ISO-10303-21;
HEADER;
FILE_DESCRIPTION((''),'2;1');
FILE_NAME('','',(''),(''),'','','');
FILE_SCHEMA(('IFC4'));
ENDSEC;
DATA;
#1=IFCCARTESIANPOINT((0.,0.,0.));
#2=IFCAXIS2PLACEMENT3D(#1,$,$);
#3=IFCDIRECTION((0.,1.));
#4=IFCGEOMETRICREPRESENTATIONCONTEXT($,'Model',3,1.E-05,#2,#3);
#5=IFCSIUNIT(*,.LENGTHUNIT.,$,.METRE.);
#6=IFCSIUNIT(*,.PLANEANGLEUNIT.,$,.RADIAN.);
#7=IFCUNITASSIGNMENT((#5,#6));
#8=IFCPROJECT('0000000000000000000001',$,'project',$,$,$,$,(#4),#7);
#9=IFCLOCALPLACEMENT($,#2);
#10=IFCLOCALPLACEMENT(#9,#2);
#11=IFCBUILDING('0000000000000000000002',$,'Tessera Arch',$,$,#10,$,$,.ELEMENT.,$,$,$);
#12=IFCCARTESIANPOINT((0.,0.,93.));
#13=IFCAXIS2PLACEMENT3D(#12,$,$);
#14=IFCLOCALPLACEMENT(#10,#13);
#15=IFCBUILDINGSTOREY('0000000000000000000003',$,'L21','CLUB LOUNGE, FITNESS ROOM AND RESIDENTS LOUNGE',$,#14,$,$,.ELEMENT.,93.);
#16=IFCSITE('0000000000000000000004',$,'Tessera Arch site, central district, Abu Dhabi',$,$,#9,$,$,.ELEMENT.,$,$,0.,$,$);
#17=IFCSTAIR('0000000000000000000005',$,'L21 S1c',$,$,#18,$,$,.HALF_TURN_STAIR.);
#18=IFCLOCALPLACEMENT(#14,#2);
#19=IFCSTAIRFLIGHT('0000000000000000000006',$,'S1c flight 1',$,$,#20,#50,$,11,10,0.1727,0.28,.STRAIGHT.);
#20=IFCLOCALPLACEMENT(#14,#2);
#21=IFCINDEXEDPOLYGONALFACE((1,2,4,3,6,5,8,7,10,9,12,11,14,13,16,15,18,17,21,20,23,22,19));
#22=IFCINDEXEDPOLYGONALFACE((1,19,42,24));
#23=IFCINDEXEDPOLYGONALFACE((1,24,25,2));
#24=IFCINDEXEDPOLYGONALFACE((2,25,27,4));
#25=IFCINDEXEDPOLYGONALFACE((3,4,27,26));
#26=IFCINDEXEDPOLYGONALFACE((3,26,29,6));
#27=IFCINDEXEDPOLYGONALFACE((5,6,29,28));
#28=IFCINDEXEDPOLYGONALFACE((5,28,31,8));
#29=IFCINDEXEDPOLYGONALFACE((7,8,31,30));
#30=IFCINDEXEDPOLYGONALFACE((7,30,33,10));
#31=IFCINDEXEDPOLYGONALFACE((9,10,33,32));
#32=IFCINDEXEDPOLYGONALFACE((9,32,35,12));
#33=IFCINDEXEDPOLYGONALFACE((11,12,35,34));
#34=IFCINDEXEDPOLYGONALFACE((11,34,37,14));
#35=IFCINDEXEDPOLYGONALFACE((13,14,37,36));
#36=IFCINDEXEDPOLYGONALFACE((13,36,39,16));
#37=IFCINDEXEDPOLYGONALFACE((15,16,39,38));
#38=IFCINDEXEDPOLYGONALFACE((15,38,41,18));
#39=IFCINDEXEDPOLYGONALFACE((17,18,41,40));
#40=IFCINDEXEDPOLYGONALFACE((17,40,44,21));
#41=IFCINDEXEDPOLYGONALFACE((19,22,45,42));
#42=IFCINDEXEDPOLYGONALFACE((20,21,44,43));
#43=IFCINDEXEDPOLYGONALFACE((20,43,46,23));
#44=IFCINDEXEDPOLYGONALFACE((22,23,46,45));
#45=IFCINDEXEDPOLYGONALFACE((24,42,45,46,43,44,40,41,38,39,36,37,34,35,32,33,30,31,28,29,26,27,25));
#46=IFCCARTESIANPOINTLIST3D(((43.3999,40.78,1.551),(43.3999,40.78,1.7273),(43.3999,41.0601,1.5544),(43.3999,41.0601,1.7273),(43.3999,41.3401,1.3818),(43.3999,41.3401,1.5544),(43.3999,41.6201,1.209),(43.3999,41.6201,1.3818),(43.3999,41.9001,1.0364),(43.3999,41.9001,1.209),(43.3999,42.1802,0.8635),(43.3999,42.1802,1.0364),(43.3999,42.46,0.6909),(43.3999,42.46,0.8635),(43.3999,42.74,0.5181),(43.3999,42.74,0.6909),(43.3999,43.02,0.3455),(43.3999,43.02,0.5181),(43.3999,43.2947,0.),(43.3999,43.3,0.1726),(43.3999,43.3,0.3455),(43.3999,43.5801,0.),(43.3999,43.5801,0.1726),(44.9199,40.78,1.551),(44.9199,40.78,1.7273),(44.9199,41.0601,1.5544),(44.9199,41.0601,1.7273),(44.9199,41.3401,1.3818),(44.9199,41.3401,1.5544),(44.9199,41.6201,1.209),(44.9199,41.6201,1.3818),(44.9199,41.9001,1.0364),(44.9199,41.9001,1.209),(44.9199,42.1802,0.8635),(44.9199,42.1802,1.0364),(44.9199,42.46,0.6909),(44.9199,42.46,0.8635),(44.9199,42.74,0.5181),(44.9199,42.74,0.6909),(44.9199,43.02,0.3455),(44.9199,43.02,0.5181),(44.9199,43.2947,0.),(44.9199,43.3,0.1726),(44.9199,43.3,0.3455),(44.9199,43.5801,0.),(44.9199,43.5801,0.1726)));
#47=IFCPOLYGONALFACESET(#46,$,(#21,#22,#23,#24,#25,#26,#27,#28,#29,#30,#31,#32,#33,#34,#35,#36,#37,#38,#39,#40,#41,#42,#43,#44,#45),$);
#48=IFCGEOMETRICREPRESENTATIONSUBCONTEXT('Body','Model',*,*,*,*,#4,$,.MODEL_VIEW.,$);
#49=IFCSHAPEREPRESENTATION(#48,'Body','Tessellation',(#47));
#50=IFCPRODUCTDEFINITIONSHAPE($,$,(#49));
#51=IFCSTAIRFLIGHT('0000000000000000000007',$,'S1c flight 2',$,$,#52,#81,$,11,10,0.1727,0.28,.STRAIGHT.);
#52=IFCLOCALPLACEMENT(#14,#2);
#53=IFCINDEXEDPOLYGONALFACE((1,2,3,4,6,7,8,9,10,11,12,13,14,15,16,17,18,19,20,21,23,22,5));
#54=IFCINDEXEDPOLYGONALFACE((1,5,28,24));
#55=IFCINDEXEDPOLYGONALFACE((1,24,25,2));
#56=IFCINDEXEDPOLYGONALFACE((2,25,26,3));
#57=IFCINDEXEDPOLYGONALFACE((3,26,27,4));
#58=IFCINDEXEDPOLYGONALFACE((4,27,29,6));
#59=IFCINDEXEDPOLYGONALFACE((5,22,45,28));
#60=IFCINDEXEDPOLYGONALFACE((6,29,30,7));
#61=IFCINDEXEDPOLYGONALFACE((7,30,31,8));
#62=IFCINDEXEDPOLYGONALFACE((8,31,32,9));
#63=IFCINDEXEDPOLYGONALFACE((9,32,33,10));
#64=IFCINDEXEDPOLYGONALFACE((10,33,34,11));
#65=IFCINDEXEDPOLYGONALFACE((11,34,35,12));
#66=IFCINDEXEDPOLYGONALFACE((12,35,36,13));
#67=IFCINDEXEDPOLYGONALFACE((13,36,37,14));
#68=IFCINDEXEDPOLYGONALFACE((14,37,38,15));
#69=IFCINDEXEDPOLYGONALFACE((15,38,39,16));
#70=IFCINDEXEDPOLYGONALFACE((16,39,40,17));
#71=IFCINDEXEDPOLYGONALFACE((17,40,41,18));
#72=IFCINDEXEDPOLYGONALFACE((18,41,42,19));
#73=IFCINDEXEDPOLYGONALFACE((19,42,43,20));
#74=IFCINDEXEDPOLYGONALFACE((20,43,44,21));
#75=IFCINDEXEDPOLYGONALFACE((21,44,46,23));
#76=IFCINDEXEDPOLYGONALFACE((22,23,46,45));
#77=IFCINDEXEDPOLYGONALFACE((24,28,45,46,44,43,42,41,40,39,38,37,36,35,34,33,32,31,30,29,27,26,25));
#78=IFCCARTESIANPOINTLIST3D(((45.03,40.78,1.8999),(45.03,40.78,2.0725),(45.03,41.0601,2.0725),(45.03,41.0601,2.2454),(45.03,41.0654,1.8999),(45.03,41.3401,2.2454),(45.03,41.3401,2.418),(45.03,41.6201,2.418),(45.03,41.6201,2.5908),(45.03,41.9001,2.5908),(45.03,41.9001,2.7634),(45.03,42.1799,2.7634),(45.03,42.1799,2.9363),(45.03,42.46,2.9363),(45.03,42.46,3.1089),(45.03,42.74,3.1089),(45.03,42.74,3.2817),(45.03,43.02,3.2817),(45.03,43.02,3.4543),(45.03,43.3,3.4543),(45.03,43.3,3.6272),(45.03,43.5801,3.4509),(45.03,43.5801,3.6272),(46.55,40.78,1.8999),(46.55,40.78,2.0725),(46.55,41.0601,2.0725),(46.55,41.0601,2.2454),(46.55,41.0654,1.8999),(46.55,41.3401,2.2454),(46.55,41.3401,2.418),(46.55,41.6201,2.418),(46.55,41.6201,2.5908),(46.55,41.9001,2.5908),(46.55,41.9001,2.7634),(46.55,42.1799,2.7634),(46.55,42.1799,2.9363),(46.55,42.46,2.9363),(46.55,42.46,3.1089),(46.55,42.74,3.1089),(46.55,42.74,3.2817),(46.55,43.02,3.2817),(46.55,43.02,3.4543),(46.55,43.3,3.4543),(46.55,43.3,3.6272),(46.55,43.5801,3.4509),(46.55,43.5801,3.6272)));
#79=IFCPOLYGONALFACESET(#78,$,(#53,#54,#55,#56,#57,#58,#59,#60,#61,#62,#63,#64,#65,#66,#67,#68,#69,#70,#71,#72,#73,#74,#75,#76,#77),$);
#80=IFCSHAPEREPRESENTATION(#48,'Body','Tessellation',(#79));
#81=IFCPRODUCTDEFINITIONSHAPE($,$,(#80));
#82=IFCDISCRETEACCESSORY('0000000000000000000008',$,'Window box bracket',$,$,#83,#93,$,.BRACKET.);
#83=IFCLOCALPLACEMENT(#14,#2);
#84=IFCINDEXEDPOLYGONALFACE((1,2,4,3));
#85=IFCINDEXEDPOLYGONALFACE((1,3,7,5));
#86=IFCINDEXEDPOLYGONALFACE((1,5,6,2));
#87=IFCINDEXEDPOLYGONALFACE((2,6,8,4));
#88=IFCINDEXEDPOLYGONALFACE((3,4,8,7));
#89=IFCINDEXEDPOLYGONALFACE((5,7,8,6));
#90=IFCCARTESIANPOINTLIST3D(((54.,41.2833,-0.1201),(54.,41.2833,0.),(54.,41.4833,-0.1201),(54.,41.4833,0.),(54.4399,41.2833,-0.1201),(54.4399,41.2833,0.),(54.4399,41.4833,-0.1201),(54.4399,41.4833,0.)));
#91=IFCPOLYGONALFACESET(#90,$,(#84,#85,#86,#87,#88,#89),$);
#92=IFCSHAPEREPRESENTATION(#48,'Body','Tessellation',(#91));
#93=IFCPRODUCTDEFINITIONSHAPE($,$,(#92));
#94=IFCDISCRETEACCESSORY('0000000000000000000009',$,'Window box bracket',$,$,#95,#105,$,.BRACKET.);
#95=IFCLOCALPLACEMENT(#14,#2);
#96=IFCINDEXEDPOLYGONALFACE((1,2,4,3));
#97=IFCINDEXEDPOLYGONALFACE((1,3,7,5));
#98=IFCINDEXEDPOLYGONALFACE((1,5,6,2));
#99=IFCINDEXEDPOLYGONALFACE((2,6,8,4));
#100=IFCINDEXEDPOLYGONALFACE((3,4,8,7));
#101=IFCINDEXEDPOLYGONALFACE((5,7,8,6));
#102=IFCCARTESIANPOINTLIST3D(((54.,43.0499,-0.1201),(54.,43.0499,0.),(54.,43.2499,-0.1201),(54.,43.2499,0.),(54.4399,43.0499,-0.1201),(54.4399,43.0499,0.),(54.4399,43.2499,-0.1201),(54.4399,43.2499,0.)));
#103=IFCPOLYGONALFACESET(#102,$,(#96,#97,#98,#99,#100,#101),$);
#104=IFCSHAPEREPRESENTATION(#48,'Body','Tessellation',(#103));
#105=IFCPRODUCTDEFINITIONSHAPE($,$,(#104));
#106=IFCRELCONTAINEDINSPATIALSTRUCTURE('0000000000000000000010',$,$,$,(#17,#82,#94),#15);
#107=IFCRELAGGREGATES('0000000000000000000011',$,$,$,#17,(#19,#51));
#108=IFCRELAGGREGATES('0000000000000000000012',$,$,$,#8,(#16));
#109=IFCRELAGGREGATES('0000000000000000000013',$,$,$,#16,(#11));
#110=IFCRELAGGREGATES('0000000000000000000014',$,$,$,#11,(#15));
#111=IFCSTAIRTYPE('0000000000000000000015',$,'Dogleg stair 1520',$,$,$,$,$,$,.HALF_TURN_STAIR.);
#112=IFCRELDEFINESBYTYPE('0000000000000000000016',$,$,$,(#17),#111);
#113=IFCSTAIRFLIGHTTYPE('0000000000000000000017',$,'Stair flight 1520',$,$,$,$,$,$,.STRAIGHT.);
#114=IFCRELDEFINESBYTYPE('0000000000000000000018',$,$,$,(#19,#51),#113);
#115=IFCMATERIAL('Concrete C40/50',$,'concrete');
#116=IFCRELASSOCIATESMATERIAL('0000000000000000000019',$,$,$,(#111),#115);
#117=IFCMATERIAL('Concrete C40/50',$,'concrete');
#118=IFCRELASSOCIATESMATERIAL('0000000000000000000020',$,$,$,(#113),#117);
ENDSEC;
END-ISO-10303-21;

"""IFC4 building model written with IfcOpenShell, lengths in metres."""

from ifc_helpers import new_model, si_unit, direction, frame, origin, origin_2d, place, context, subcontext, project, spatial, polyline, rectangle, outline, extrude, material, type_object, element, aggregate, save


model = new_model("IFC4")

# Units and contexts
model_context = context("Model", 3, precision=1e-05, world=origin(), true_north=direction((0.0, 1.0)))
body_context = subcontext(model_context, "Body", "Model", "MODEL_VIEW")
ifc_project = project(units=[si_unit("LENGTHUNIT", "METRE"), si_unit("PLANEANGLEUNIT", "RADIAN")], contexts=[model_context])

# Site, building, storey
site_placement = place(None, origin())
site = spatial("IfcSite", under=ifc_project, at=site_placement, Name="Tessera Arch site, central district, Abu Dhabi", CompositionType="ELEMENT", RefElevation=0.0)
building_placement = place(site_placement, origin())
building = spatial("IfcBuilding", under=site, at=building_placement, Name="Tessera Arch", CompositionType="ELEMENT")
storey_placement = place(building_placement, frame((0.0, 0.0, 93.0)))
storey = spatial("IfcBuildingStorey", under=building, at=storey_placement, Name="L21", Description="CLUB LOUNGE, FITNESS ROOM AND RESIDENTS LOUNGE", CompositionType="ELEMENT", Elevation=93.0)

# Stair, stair flights
ifc_material_1 = material(Name="Concrete C40/50", Category="concrete")
stair_type = type_object("IfcStairType", Name="Dogleg stair 1520", PredefinedType="HALF_TURN_STAIR", material=ifc_material_1)
ifc_material_2 = material(Name="Concrete C40/50", Category="concrete")
stair_flight_type = type_object("IfcStairFlightType", Name="Stair flight 1520", PredefinedType="STRAIGHT", material=ifc_material_2)
stair_1_placement = place(storey_placement, origin())
stair_1 = element("IfcStair", 1, at=stair_1_placement, inside=storey, type_object=stair_type, Name="L21 S1c", PredefinedType="HALF_TURN_STAIR")
stair_flight_1_placement = place(storey_placement, frame((44.1599, 43.5801, 0.0), z_axis=(0.0, 0.0, 1.0), x_axis=(0.0, -1.0, 0.0)))
stair_flight_1 = element("IfcStairFlight", 2, at=stair_flight_1_placement, type_object=stair_flight_type, Name="S1c flight 1", NumberOfRisers=11, NumberOfTreads=10, PredefinedType="STRAIGHT", RiserHeight=0.1727, TreadLength=0.28, context=body_context, shape_type="SweptSolid", body=[
    extrude(outline(polyline([(0.0, 0.0), (0.0, 0.1726), (0.28, 0.1726), (0.28, 0.3455), (0.5601, 0.3455), (0.5601, 0.5181), (0.8401, 0.5181), (0.8401, 0.6909), (1.1201, 0.6909), (1.1201, 0.8635), (1.3999, 0.8635), (1.3999, 1.0364), (1.6799, 1.0364), (1.6799, 1.209), (1.96, 1.209), (1.96, 1.3818), (2.24, 1.3818), (2.24, 1.5544), (2.52, 1.5544), (2.52, 1.7273), (2.8, 1.7273), (2.8, 1.8999), (2.8, 1.551), (0.2854, 0.0), (0.0, 0.0)])), frame((0.0, 0.76, 0.0), z_axis=(0.0, -1.0, 0.0), x_axis=(1.0, 0.0, 0.0)), (0.0, 0.0, 1.0), 1.52),
])
stair_flight_2_placement = place(storey_placement, frame((45.79, 40.78, 1.8999), z_axis=(0.0, 0.0, 1.0), x_axis=(0.0, 1.0, 0.0)))
stair_flight_2 = element("IfcStairFlight", 3, at=stair_flight_2_placement, type_object=stair_flight_type, Name="S1c flight 2", NumberOfRisers=11, NumberOfTreads=10, PredefinedType="STRAIGHT", RiserHeight=0.1727, TreadLength=0.28, context=body_context, shape_type="SweptSolid", body=[
    extrude(outline(polyline([(0.0, 0.0), (0.0, 0.1726), (0.28, 0.1726), (0.28, 0.3455), (0.5601, 0.3455), (0.5601, 0.5181), (0.8401, 0.5181), (0.8401, 0.6909), (1.1201, 0.6909), (1.1201, 0.8635), (1.3999, 0.8635), (1.3999, 1.0364), (1.6799, 1.0364), (1.6799, 1.209), (1.96, 1.209), (1.96, 1.3818), (2.24, 1.3818), (2.24, 1.5544), (2.52, 1.5544), (2.52, 1.7273), (2.8, 1.7273), (2.8, 1.8999), (2.8, 1.551), (0.2854, 0.0), (0.0, 0.0)])), frame((0.0, 0.76, 0.0), z_axis=(0.0, -1.0, 0.0), x_axis=(1.0, 0.0, 0.0)), (0.0, 0.0, 1.0), 1.52),
])
aggregate(stair_1, [stair_flight_1, stair_flight_2])

# Discrete accessories
for number, where, z_axis, x_axis, name in (
    (4, (54.22, 41.3833, -0.1201), (0.0, 0.0, 1.0), (1.0, 0.0, 0.0), "Window box bracket"),
    (5, (54.22, 43.1499, -0.1201), (0.0, 0.0, 1.0), (1.0, 0.0, 0.0), "Window box bracket"),
):
    element("IfcDiscreteAccessory", number, at=place(storey_placement, frame(where, z_axis=z_axis, x_axis=x_axis)), inside=storey, Name=name, PredefinedType="BRACKET", context=body_context, shape_type="SweptSolid", body=[
        extrude(rectangle(XDim=0.4399, YDim=0.2, at=origin_2d()), origin(), (0.0, 0.0, 1.0), 0.1201),
    ])

save(model, "model.ifc")
